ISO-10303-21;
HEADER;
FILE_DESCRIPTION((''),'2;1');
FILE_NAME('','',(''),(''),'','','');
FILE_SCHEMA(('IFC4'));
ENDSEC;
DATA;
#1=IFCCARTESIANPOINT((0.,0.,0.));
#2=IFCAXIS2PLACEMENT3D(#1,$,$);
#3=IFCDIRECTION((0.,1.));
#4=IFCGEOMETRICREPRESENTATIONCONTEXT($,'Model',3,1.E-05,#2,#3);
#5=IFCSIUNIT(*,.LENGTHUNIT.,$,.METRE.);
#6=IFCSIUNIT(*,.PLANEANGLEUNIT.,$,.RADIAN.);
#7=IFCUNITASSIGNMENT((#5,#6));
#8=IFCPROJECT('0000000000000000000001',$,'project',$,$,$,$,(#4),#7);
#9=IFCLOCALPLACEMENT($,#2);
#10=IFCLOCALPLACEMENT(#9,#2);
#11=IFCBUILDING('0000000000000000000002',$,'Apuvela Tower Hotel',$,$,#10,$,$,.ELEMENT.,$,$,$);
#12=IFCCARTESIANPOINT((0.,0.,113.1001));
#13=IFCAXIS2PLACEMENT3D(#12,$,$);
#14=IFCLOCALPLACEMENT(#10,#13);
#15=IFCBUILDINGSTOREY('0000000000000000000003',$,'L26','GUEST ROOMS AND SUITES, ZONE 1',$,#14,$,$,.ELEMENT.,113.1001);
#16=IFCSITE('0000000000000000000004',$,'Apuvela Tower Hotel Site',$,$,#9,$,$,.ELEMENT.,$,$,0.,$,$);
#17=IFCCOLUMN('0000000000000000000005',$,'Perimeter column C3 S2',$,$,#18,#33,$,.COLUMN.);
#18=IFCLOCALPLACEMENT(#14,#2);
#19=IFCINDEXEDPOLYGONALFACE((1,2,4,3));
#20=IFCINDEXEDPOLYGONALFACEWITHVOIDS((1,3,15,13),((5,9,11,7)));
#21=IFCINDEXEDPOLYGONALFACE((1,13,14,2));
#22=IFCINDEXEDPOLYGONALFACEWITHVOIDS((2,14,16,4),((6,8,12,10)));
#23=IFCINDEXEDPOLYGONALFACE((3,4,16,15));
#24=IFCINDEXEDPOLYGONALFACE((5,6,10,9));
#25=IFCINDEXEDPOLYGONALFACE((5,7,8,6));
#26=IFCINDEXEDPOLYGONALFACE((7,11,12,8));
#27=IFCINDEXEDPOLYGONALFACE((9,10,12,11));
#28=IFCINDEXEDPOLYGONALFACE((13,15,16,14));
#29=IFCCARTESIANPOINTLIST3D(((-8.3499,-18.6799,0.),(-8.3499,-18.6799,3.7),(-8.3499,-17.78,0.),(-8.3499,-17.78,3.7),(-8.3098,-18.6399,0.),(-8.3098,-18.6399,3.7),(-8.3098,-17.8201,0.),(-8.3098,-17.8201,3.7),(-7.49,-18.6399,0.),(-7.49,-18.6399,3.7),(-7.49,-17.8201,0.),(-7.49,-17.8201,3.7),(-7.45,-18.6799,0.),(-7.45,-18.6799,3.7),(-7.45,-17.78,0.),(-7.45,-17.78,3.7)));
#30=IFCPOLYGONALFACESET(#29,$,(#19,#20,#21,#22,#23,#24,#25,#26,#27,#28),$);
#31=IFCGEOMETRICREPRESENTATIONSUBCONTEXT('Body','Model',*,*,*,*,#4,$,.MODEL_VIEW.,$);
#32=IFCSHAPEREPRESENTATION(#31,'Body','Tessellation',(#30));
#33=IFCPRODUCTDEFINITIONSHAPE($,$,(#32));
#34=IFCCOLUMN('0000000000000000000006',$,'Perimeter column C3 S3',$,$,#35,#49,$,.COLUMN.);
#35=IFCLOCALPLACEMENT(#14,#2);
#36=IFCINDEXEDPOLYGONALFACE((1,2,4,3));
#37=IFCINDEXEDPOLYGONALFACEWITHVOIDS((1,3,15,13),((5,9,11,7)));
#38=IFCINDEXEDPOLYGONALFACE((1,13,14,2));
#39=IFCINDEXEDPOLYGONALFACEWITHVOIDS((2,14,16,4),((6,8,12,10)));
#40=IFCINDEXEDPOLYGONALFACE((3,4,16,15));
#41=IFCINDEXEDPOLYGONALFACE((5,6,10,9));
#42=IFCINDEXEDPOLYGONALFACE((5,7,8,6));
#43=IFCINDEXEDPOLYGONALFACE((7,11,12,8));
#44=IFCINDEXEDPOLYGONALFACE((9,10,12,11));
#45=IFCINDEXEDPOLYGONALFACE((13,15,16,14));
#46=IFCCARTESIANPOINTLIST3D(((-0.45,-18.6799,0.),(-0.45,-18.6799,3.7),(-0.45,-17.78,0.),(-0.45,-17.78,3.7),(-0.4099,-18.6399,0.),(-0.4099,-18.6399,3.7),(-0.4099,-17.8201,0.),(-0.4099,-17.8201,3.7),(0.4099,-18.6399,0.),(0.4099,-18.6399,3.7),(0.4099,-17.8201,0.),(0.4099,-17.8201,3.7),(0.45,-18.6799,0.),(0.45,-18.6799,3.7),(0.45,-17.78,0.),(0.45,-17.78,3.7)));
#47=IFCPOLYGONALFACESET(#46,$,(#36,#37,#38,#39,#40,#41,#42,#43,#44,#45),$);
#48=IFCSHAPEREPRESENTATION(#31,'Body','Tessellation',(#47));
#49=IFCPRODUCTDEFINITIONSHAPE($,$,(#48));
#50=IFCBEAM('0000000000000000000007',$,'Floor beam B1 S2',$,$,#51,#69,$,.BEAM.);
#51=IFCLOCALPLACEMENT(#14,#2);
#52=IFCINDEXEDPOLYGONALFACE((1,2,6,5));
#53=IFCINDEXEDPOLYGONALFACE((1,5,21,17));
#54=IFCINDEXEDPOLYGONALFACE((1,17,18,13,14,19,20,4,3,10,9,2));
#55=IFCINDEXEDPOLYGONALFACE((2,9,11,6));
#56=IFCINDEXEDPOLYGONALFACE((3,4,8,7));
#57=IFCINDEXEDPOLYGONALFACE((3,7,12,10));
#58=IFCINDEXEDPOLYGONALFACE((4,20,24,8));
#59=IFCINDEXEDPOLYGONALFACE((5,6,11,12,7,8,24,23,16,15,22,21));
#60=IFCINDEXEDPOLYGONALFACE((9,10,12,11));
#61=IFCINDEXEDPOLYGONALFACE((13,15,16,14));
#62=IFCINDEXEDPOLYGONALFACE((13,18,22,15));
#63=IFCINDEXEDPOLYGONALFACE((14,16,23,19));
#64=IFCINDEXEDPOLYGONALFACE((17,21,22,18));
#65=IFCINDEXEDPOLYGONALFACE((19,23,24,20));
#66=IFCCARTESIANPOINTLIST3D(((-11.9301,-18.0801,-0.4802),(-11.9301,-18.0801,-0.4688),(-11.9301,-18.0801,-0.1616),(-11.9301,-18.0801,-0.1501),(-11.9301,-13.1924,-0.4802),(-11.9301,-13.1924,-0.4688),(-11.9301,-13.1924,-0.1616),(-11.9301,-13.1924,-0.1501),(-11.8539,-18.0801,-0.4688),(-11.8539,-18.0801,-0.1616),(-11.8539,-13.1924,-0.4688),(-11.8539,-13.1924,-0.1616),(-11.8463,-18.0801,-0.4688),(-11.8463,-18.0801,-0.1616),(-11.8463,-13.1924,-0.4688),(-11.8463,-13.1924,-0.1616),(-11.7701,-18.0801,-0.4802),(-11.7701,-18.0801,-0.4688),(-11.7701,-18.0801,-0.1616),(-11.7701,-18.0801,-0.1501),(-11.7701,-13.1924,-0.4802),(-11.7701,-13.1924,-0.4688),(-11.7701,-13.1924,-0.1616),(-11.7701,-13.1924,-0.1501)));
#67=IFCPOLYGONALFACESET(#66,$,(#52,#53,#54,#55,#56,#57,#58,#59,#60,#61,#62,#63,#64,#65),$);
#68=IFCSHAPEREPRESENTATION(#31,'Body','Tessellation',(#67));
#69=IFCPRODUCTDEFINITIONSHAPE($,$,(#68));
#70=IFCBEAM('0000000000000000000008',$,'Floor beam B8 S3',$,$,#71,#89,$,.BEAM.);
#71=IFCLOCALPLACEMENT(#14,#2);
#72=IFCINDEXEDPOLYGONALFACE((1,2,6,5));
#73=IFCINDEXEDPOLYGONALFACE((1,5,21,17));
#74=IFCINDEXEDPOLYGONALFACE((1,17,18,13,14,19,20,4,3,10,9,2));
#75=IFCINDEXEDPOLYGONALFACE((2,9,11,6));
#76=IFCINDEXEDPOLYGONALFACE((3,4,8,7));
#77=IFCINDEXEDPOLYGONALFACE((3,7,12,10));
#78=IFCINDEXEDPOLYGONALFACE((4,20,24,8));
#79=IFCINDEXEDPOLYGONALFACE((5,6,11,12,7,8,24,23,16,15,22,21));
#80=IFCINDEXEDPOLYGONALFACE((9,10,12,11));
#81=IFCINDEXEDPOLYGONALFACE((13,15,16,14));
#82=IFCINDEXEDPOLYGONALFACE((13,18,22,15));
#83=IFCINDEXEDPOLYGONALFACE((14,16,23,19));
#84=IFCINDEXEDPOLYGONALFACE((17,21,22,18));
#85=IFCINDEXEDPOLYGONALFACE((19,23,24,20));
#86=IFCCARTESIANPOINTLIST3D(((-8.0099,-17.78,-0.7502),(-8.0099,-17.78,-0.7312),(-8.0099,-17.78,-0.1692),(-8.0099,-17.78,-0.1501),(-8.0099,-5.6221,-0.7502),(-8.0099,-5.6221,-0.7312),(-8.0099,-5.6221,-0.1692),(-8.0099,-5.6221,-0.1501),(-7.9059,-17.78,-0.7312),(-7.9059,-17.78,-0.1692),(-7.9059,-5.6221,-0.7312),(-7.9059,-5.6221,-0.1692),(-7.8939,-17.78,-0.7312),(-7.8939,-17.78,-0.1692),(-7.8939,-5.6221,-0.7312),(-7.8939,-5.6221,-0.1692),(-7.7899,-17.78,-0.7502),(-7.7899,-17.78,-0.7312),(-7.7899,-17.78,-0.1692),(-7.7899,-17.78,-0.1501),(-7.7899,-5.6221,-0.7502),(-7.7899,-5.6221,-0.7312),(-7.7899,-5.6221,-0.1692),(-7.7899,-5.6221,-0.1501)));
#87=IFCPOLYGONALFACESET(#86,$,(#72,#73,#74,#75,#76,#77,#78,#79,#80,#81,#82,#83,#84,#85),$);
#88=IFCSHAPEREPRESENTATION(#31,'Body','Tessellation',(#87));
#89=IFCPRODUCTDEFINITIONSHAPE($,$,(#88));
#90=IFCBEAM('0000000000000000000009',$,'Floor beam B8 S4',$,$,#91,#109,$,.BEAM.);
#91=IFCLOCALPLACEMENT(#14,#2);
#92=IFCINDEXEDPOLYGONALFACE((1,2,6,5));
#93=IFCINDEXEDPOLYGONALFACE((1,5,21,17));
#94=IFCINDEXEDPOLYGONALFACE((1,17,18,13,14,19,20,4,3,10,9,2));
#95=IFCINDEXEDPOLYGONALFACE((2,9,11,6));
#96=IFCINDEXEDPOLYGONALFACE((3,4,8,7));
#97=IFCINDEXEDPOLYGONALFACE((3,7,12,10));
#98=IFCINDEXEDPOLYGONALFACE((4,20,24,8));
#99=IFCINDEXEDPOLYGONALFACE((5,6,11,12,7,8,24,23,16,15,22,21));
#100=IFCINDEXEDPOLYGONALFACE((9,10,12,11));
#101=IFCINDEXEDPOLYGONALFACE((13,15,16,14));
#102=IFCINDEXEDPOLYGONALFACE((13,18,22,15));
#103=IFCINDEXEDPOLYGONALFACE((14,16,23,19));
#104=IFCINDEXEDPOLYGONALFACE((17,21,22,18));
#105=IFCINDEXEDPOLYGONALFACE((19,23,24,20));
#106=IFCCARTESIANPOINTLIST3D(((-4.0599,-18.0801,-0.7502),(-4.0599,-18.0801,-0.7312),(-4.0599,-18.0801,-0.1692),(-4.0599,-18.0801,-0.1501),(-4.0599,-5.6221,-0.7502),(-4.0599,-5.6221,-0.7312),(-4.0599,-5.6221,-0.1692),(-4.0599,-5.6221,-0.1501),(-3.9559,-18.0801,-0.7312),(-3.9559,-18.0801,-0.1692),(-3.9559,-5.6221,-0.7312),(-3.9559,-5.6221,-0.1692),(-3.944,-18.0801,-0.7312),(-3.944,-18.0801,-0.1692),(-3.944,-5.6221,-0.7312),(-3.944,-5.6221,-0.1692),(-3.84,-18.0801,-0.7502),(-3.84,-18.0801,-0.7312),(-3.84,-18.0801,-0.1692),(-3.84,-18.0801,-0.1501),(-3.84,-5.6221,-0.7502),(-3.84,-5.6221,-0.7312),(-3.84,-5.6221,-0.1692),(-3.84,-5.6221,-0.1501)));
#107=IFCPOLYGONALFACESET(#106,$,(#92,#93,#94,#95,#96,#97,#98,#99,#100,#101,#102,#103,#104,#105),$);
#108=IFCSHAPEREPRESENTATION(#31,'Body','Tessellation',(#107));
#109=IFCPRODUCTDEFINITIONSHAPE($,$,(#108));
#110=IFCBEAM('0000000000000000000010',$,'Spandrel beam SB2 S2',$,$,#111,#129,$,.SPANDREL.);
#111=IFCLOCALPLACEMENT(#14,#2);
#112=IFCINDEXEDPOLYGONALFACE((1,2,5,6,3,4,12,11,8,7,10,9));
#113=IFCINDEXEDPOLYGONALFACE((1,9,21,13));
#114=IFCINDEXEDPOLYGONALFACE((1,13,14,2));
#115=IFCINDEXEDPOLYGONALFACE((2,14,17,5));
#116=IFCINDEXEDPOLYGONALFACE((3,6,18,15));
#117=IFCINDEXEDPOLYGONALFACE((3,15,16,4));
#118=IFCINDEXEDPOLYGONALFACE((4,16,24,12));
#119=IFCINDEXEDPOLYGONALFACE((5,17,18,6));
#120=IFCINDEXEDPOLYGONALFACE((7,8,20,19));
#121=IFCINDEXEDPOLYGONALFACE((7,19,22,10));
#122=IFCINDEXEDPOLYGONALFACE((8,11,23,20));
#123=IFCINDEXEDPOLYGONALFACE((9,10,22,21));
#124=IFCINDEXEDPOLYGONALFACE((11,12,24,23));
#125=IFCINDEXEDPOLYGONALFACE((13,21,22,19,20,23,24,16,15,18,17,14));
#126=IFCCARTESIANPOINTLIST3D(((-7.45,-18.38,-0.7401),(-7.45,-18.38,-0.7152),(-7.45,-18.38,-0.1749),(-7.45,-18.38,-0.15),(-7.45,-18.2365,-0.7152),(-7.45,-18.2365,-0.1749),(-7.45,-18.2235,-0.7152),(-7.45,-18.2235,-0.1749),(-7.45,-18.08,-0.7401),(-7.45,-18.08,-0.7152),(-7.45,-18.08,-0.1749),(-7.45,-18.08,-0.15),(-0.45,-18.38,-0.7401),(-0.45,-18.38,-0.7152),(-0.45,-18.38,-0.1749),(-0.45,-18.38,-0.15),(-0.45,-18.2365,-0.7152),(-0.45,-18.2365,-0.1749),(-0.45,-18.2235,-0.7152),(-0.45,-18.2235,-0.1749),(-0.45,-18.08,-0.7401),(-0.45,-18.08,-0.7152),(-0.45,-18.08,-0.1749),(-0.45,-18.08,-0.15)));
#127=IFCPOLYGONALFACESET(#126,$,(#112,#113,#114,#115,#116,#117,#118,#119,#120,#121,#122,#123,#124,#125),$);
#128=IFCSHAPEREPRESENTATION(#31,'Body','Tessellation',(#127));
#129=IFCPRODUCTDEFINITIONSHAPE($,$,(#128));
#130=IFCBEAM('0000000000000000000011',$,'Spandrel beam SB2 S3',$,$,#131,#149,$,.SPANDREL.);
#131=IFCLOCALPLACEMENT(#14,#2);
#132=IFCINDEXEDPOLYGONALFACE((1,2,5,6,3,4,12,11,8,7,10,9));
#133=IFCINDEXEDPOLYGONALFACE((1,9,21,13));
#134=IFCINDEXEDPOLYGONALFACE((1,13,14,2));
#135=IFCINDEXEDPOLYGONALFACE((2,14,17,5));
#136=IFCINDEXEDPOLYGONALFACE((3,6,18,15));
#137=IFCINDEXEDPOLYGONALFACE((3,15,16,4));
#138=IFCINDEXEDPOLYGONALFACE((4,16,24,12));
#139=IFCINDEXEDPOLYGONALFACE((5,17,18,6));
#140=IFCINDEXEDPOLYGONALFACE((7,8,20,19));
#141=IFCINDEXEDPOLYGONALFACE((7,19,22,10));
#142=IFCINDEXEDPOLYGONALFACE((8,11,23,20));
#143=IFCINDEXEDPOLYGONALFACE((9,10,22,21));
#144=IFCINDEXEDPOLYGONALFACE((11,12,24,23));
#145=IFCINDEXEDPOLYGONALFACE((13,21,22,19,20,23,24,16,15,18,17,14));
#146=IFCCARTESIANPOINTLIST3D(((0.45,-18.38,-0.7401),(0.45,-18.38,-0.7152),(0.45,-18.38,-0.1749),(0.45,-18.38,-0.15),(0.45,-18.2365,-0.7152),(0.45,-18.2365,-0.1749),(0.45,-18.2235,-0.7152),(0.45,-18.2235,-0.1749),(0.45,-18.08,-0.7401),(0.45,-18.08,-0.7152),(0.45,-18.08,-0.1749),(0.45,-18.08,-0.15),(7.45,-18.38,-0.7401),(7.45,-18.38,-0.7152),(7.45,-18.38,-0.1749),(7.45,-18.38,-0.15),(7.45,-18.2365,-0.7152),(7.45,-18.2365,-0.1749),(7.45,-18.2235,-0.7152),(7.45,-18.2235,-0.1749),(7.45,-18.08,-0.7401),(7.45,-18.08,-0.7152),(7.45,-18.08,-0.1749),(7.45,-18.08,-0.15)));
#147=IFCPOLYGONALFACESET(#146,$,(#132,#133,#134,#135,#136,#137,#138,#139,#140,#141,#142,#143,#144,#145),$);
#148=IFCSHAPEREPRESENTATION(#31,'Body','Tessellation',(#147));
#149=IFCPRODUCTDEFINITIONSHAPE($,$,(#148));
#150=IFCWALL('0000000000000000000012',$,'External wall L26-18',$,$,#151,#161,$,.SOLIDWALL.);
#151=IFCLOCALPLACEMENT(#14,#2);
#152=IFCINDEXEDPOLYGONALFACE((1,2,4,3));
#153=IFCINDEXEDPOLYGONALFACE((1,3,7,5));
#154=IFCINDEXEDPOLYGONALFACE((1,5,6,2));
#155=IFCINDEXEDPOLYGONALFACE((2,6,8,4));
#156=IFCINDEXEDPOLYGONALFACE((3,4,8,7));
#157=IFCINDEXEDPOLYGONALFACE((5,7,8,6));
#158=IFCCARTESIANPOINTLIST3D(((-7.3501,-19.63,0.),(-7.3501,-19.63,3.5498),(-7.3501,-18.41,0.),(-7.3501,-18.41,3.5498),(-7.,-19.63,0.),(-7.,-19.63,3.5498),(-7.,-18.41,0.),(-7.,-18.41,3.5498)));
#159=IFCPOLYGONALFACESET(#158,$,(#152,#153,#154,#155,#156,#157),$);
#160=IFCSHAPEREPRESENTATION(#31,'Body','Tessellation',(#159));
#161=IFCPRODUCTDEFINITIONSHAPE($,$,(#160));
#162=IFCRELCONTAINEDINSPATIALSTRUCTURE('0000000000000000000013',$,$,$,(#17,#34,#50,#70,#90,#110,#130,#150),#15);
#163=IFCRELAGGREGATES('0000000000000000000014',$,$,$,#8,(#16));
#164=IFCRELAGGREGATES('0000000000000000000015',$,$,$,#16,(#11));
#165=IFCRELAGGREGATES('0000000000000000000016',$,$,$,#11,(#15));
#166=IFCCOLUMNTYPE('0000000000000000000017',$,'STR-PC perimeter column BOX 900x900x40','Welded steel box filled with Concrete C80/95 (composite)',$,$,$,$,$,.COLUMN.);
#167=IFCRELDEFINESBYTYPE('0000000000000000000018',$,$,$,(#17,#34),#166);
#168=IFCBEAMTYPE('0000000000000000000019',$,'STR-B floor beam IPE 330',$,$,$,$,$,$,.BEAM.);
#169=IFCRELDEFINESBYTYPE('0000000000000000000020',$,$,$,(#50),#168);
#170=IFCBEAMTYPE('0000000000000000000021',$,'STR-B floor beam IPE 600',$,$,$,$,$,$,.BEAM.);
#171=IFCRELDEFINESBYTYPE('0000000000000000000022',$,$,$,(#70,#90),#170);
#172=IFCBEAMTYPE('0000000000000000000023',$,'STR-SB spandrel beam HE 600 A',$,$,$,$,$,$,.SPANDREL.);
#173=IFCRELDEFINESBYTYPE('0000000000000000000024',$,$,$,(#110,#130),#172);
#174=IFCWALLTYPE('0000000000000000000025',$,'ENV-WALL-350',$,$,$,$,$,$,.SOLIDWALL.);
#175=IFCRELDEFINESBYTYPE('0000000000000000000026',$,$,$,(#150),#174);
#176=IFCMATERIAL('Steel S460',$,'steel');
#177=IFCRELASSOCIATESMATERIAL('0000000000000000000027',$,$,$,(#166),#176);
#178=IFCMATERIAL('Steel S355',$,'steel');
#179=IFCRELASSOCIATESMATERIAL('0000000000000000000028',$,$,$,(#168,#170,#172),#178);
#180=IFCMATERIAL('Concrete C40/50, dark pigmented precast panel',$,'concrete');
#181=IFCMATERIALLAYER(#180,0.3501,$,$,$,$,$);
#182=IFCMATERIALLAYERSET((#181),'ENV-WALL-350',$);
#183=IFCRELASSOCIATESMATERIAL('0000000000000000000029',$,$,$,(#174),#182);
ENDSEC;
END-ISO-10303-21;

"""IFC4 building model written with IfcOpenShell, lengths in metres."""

from ifc_helpers import new_model, si_unit, direction, frame, frame_2d, origin, origin_2d, place, context, subcontext, project, spatial, rectangle, hollow_rectangle, i_section, extrude, material, layer, layer_set, material_profile, profile_set, type_object, element, save


model = new_model("IFC4")

# Units and contexts
model_context = context("Model", 3, precision=1e-05, world=origin(), true_north=direction((0.0, 1.0)))
body_context = subcontext(model_context, "Body", "Model", "MODEL_VIEW")
ifc_project = project(units=[si_unit("LENGTHUNIT", "METRE"), si_unit("PLANEANGLEUNIT", "RADIAN")], contexts=[model_context])

# Site, building, storey
site_placement = place(None, origin())
site = spatial("IfcSite", under=ifc_project, at=site_placement, Name="Apuvela Tower Hotel Site", CompositionType="ELEMENT", RefElevation=0.0)
building_placement = place(site_placement, origin())
building = spatial("IfcBuilding", under=site, at=building_placement, Name="Apuvela Tower Hotel", CompositionType="ELEMENT")
storey_placement = place(building_placement, frame((0.0, 0.0, 113.1001)))
storey = spatial("IfcBuildingStorey", under=building, at=storey_placement, Name="L26", Description="GUEST ROOMS AND SUITES, ZONE 1", CompositionType="ELEMENT", Elevation=113.1001)

# Columns
ifc_material_1 = material(Name="Steel S460", Category="steel")
ifc_material_profile_1 = material_profile(ifc_material_1, hollow_rectangle(XDim=0.8999, YDim=0.8999, WallThickness=0.04, at=origin_2d()), Name="BOX 900x900x40")
ifc_material_2 = material(Name="Concrete C80/95", Category="concrete")
ifc_material_profile_2 = material_profile(ifc_material_2, rectangle(XDim=0.8201, YDim=0.8201, at=origin_2d()), Name="Concrete C80/95 infill")
ifc_profile_set_1 = profile_set([ifc_material_profile_1, ifc_material_profile_2], Name="Steel S460")
column_type = type_object("IfcColumnType", Name="STR-PC perimeter column BOX 900x900x40", Description="Welded steel box filled with Concrete C80/95 (composite)", PredefinedType="COLUMN", material=ifc_profile_set_1)
for number, where, z_axis, x_axis, name in (
    (1, (-7.8999, -18.23, 0.0), (0.0, 0.0, 1.0), (-1.0, 0.0, 0.0), "Perimeter column C3 S2"),
    (2, (0.0, -18.23, 0.0), (0.0, 0.0, 1.0), (-1.0, 0.0, 0.0), "Perimeter column C3 S3"),
):
    element("IfcColumn", number, at=place(storey_placement, frame(where, z_axis=z_axis, x_axis=x_axis)), inside=storey, type_object=column_type, Name=name, PredefinedType="COLUMN", context=body_context, shape_type="SweptSolid", body=[
        extrude(hollow_rectangle(XDim=0.8999, YDim=0.8999, WallThickness=0.04, at=origin_2d()), origin(), (0.0, 0.0, 1.0), 3.7),
    ])

# Beams
ifc_material_3 = material(Name="Steel S355", Category="steel")
ifc_material_profile_3 = material_profile(ifc_material_3, i_section(OverallWidth=0.1599, OverallDepth=0.3301, WebThickness=0.0076, FlangeThickness=0.0115, at=origin_2d()), Name="IPE 330")
ifc_profile_set_2 = profile_set([ifc_material_profile_3], Name="Steel S355")
beam_type_1 = type_object("IfcBeamType", Name="STR-B floor beam IPE 330", PredefinedType="BEAM", material=ifc_profile_set_2)
beam_1_placement = place(storey_placement, frame((-11.8501, -18.0801, -0.3152), z_axis=(0.0, 1.0, 0.0), x_axis=(-1.0, 0.0, 0.0)))
element("IfcBeam", 3, at=beam_1_placement, inside=storey, type_object=beam_type_1, Name="Floor beam B1 S2", PredefinedType="BEAM", context=body_context, shape_type="SweptSolid", body=[
    extrude(i_section(OverallWidth=0.1599, OverallDepth=0.3301, WebThickness=0.0076, FlangeThickness=0.0115, at=origin_2d()), origin(), (0.0, 0.0, 1.0), 4.8877),
])
ifc_material_profile_4 = material_profile(ifc_material_3, i_section(OverallWidth=0.22, OverallDepth=0.6001, WebThickness=0.012, FlangeThickness=0.019, at=origin_2d()), Name="IPE 600")
ifc_profile_set_3 = profile_set([ifc_material_profile_4], Name="Steel S355")
beam_type_2 = type_object("IfcBeamType", Name="STR-B floor beam IPE 600", PredefinedType="BEAM", material=ifc_profile_set_3)
beam_2_placement = place(storey_placement, frame((-7.8999, -17.78, -0.4502), z_axis=(0.0, 1.0, 0.0), x_axis=(-1.0, 0.0, 0.0)))
element("IfcBeam", 4, at=beam_2_placement, inside=storey, type_object=beam_type_2, Name="Floor beam B8 S3", PredefinedType="BEAM", context=body_context, shape_type="SweptSolid", body=[
    extrude(i_section(OverallWidth=0.22, OverallDepth=0.6001, WebThickness=0.012, FlangeThickness=0.019, at=origin_2d()), origin(), (0.0, 0.0, 1.0), 12.158),
])
beam_3_placement = place(storey_placement, frame((-3.95, -18.0801, -0.4502), z_axis=(0.0, 1.0, 0.0), x_axis=(-1.0, 0.0, 0.0)))
element("IfcBeam", 5, at=beam_3_placement, inside=storey, type_object=beam_type_2, Name="Floor beam B8 S4", PredefinedType="BEAM", context=body_context, shape_type="SweptSolid", body=[
    extrude(i_section(OverallWidth=0.22, OverallDepth=0.6001, WebThickness=0.012, FlangeThickness=0.019, at=origin_2d()), origin(), (0.0, 0.0, 1.0), 12.458),
])
ifc_material_profile_5 = material_profile(ifc_material_3, i_section(OverallWidth=0.3, OverallDepth=0.5901, WebThickness=0.0129, FlangeThickness=0.0249, at=origin_2d()), Name="HE 600 A")
ifc_profile_set_4 = profile_set([ifc_material_profile_5], Name="Steel S355")
beam_type_3 = type_object("IfcBeamType", Name="STR-SB spandrel beam HE 600 A", PredefinedType="SPANDREL", material=ifc_profile_set_4)
for number, where, z_axis, x_axis, name in (
    (6, (-7.45, -18.23, -0.4451), (1.0, 0.0, 0.0), (0.0, 1.0, 0.0), "Spandrel beam SB2 S2"),
    (7, (0.45, -18.23, -0.4451), (1.0, 0.0, 0.0), (0.0, 1.0, 0.0), "Spandrel beam SB2 S3"),
):
    element("IfcBeam", number, at=place(storey_placement, frame(where, z_axis=z_axis, x_axis=x_axis)), inside=storey, type_object=beam_type_3, Name=name, PredefinedType="SPANDREL", context=body_context, shape_type="SweptSolid", body=[
        extrude(i_section(OverallWidth=0.3, OverallDepth=0.5901, WebThickness=0.0129, FlangeThickness=0.0249, at=origin_2d()), origin(), (0.0, 0.0, 1.0), 7.0),
    ])

# Wall
ifc_material_4 = material(Name="Concrete C40/50, dark pigmented precast panel", Category="concrete")
ifc_layer_1 = layer(ifc_material_4, 0.3501)
ifc_layer_set_1 = layer_set([ifc_layer_1], Name="ENV-WALL-350")
wall_type_1 = type_object("IfcWallType", Name="ENV-WALL-350", PredefinedType="SOLIDWALL", material=ifc_layer_set_1)
wall_1_placement = place(storey_placement, frame((-7.175, -19.6299, 0.0), z_axis=(0.0, 0.0, 1.0), x_axis=(0.0, 1.0, 0.0)))
element("IfcWall", 8, at=wall_1_placement, inside=storey, type_object=wall_type_1, Name="External wall L26-18", PredefinedType="SOLIDWALL", context=body_context, shape_type="SweptSolid", body=[
    extrude(rectangle(XDim=1.22, YDim=0.3501, at=frame_2d((0.6099, 0.0))), origin(), (0.0, 0.0, 1.0), 3.5498),
])

save(model, "model.ifc")
